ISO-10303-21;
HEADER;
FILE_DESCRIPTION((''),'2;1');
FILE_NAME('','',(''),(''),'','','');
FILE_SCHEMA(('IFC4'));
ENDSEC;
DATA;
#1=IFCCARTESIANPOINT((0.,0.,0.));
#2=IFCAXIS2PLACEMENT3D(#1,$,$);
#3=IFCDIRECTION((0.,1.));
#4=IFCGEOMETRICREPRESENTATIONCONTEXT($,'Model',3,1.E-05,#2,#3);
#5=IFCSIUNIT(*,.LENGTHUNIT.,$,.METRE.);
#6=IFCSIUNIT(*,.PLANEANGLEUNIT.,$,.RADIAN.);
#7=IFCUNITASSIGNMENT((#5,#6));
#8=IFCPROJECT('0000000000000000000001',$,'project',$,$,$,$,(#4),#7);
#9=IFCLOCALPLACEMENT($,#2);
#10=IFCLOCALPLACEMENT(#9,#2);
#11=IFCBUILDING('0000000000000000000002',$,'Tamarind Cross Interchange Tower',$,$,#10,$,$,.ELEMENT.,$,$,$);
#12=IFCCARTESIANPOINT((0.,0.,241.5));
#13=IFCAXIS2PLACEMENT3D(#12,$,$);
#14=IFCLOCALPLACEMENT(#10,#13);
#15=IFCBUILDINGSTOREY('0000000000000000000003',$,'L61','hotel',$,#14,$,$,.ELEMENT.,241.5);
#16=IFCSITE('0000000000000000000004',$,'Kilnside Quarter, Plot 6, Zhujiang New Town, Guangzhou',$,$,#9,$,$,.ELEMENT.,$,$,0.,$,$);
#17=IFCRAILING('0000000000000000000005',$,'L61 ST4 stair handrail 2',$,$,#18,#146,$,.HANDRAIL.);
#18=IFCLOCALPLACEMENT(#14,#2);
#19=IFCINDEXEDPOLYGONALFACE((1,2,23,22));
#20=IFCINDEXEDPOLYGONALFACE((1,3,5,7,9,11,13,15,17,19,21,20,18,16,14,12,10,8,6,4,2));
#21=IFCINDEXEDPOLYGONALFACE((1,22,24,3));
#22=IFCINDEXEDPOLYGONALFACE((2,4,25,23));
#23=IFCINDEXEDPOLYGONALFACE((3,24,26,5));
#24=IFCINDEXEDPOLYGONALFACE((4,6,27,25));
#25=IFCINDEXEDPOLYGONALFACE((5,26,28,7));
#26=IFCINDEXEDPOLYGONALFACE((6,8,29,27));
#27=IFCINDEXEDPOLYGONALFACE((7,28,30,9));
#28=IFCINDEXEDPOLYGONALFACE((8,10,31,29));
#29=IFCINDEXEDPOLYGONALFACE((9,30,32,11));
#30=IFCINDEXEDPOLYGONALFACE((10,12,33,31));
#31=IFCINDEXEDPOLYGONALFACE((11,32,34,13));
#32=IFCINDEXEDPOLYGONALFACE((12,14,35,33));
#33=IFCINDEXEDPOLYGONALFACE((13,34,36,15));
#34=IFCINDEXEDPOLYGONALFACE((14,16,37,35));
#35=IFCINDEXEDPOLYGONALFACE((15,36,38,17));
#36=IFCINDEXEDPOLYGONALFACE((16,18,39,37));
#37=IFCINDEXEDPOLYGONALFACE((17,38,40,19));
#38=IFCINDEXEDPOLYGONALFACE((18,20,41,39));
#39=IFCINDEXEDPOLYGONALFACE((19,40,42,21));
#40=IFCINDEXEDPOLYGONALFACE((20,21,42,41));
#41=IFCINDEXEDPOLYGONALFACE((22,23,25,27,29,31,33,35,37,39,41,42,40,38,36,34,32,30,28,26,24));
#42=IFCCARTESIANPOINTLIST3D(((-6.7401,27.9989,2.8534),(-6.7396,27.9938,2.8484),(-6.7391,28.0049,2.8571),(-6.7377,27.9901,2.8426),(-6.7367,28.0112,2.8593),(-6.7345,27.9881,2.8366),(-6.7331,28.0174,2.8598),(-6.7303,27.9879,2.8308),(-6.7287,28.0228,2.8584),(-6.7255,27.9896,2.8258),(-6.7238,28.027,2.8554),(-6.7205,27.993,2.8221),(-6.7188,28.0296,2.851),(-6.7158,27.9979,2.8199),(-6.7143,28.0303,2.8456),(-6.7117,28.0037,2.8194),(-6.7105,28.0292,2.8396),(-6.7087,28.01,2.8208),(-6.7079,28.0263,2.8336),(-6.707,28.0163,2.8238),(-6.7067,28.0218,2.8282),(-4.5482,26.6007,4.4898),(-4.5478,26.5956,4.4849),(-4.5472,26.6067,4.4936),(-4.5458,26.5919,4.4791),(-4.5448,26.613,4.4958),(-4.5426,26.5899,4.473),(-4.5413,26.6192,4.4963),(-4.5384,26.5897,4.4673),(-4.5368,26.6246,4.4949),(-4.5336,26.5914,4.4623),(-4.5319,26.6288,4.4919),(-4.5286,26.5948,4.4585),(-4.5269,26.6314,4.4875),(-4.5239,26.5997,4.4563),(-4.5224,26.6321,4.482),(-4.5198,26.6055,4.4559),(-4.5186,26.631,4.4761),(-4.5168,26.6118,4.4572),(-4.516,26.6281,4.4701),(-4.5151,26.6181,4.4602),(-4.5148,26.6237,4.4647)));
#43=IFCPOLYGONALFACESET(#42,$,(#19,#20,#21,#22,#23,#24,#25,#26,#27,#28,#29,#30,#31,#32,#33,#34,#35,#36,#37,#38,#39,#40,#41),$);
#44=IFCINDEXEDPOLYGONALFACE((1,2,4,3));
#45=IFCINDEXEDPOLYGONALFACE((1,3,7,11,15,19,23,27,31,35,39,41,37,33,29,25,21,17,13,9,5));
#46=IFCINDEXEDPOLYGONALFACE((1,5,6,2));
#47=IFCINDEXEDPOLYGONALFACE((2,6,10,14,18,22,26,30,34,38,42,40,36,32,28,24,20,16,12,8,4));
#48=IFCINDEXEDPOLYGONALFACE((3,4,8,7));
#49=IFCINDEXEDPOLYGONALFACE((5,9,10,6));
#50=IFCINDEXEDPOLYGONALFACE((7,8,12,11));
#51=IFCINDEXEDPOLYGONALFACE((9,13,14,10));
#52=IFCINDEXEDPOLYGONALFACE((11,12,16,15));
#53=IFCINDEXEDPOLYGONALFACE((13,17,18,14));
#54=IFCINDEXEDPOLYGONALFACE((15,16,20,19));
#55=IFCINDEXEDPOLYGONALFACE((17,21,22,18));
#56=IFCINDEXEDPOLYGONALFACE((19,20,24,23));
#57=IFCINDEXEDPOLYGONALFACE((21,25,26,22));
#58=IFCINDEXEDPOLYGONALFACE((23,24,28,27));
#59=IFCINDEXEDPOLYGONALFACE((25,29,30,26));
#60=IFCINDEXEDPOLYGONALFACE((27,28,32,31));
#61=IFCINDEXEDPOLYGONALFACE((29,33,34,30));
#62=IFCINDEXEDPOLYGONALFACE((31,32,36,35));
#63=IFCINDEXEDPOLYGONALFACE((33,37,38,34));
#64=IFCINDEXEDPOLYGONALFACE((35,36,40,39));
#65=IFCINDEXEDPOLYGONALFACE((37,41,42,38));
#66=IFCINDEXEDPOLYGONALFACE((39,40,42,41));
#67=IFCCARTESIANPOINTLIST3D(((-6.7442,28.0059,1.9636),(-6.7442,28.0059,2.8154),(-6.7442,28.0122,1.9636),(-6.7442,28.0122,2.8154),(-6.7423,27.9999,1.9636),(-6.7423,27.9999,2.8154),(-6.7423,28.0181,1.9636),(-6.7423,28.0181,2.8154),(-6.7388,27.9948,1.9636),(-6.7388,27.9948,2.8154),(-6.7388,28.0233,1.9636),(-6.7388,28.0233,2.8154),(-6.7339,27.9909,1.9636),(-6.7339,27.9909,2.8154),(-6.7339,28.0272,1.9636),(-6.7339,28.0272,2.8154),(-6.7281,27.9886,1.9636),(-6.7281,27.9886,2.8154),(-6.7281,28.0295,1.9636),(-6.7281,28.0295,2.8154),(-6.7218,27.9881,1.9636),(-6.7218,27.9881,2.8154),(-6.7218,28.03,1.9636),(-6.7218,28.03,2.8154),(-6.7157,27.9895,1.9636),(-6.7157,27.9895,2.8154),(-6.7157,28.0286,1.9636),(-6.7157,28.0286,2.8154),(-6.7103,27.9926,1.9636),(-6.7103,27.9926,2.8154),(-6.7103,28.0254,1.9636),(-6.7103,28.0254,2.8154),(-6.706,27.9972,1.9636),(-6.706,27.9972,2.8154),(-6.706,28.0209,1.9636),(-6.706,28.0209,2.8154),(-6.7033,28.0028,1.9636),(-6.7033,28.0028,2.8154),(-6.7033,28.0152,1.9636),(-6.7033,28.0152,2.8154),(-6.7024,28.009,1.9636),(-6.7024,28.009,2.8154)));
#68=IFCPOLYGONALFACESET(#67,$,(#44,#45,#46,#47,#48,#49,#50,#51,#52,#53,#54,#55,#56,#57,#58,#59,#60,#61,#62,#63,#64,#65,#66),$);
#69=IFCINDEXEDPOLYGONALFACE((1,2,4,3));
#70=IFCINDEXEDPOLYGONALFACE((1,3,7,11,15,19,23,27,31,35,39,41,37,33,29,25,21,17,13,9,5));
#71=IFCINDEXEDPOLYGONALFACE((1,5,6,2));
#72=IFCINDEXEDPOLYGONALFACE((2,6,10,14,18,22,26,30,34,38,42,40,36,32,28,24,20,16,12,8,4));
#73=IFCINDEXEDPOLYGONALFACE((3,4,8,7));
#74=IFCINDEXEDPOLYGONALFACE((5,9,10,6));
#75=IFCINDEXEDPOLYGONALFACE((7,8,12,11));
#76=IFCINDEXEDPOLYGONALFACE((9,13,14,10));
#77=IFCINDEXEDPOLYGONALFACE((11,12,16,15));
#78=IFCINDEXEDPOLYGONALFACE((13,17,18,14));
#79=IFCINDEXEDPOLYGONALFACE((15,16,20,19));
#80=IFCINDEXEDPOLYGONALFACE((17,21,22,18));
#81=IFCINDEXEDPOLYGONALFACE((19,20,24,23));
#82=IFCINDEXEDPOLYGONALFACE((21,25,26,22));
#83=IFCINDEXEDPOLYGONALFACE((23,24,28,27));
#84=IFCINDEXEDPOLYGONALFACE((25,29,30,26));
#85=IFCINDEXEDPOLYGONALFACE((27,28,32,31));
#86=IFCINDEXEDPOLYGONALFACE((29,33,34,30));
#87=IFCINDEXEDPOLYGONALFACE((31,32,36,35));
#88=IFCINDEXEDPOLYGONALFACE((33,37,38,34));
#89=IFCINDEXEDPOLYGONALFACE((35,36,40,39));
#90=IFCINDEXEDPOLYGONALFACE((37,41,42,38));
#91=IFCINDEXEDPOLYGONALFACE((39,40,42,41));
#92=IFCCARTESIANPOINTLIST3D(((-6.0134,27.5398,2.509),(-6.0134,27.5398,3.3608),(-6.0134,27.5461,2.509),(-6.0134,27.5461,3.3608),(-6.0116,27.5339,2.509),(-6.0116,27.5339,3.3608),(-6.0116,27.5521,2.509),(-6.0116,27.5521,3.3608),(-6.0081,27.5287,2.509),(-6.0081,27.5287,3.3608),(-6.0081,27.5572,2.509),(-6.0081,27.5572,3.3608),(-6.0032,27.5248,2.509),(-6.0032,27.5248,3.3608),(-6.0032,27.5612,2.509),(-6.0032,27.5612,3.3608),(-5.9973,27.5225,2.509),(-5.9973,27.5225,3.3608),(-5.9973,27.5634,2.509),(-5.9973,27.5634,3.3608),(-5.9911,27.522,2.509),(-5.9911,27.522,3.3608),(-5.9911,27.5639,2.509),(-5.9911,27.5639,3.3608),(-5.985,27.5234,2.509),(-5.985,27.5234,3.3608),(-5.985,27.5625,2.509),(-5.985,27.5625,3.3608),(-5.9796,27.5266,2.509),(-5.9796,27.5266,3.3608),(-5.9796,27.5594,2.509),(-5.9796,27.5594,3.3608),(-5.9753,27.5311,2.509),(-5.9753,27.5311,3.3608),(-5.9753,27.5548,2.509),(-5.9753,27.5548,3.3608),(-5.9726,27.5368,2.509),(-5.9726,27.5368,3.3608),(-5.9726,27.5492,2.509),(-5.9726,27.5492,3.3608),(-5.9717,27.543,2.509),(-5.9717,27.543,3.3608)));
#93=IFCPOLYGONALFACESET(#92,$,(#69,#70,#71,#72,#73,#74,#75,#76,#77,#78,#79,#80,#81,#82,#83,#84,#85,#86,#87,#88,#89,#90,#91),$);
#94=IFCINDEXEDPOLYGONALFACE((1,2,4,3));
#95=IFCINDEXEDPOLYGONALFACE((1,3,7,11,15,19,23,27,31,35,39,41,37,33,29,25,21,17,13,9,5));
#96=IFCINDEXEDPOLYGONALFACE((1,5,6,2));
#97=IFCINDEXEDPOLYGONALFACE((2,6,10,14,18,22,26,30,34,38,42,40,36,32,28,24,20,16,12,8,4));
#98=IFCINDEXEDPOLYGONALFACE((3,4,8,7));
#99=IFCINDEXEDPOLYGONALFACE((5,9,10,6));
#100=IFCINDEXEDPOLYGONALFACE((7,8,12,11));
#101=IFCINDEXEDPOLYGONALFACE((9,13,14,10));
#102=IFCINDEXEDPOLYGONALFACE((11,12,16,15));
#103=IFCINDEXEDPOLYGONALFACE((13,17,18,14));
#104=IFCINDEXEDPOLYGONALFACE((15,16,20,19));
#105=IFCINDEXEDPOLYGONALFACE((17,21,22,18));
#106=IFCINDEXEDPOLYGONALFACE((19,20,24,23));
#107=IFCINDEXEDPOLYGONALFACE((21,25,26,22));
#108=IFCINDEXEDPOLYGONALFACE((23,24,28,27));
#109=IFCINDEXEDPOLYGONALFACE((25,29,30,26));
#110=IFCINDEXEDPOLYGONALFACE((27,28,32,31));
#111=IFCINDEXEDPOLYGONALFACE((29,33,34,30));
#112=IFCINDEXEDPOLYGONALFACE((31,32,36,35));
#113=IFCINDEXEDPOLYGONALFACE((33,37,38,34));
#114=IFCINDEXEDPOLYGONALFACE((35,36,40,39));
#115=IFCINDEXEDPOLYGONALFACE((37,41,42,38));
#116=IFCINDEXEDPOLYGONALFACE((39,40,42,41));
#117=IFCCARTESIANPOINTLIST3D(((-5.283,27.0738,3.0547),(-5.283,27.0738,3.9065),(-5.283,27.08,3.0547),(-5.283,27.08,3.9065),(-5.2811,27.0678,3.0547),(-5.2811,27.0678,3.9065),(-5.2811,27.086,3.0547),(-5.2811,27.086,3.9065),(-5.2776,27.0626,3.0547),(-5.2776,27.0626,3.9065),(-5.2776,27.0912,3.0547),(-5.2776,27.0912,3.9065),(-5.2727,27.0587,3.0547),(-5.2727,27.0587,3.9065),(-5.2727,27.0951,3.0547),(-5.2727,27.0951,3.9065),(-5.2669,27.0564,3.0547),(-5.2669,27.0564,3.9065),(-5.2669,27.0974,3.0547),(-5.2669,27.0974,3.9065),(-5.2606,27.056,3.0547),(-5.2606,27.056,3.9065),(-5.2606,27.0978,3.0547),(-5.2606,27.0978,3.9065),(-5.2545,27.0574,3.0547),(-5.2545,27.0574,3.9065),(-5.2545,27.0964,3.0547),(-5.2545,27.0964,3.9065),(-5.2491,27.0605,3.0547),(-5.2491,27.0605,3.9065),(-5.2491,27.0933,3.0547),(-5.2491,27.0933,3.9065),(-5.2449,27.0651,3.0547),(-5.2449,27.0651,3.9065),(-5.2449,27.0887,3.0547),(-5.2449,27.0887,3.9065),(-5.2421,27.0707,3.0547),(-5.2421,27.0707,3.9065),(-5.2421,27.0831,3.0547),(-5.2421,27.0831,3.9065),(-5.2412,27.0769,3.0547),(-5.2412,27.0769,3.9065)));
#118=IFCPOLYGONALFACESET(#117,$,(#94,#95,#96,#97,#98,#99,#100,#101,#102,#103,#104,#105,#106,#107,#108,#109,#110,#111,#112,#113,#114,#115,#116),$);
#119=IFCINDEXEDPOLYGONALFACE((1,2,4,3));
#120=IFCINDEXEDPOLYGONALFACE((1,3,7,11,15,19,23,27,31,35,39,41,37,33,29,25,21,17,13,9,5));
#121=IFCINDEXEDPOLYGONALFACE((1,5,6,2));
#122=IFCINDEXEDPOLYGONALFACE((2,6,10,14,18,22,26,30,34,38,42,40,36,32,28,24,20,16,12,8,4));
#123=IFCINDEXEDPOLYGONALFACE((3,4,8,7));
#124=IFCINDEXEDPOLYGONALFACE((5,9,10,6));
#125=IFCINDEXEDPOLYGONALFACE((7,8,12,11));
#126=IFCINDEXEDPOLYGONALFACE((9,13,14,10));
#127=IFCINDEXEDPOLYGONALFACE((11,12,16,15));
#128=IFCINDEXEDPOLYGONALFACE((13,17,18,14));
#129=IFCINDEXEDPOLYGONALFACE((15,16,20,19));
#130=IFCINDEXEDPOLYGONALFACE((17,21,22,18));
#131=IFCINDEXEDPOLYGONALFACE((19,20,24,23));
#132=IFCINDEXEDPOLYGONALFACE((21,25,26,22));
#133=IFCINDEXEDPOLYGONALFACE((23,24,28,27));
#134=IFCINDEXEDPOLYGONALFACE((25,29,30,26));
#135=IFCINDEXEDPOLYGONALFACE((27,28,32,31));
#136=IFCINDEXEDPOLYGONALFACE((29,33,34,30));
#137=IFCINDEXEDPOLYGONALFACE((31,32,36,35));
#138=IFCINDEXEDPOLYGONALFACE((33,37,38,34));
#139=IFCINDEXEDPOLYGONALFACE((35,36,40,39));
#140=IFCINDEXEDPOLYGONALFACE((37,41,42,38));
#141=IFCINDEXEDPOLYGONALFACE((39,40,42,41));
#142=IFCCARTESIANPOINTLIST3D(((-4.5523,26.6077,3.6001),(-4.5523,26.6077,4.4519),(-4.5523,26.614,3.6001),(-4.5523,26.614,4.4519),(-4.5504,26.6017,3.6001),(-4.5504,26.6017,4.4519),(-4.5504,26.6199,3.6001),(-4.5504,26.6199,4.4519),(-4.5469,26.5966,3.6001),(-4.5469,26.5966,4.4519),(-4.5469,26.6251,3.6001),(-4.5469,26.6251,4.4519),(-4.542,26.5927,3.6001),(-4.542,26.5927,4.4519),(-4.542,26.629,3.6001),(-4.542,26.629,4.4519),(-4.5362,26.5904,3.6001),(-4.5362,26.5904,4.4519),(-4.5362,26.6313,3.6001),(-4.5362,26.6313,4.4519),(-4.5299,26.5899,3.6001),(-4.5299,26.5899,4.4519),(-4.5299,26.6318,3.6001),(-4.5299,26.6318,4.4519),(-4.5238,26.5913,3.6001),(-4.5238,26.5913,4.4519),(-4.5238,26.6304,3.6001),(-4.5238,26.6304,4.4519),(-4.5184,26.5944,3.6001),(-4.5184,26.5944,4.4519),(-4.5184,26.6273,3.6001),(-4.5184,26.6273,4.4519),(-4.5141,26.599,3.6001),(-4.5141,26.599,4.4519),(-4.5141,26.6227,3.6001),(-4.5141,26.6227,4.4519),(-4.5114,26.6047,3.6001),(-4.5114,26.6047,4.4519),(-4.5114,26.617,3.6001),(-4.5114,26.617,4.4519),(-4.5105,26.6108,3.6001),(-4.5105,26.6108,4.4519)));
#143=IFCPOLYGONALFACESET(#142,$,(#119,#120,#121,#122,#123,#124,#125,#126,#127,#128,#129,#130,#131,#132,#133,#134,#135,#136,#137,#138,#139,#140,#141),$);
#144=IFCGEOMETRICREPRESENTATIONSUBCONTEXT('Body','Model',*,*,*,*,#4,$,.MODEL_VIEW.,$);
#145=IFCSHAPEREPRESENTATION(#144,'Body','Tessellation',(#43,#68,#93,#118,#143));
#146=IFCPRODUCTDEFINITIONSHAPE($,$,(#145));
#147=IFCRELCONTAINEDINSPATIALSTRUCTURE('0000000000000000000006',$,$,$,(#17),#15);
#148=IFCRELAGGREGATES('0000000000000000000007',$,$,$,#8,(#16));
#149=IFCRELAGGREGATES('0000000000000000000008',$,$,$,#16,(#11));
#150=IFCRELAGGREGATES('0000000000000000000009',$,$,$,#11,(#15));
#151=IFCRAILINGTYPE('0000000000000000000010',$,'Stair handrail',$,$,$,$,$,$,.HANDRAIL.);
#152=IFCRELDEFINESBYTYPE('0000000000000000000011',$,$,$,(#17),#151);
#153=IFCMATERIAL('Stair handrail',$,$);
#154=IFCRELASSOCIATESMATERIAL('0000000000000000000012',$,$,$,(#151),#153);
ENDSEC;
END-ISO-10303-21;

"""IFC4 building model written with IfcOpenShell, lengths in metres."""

from ifc_helpers import new_model, si_unit, direction, frame, origin, origin_2d, place, context, subcontext, project, spatial, circle, extrude, material, type_object, element, save


model = new_model("IFC4")

# Units and contexts
model_context = context("Model", 3, precision=1e-05, world=origin(), true_north=direction((0.0, 1.0)))
body_context = subcontext(model_context, "Body", "Model", "MODEL_VIEW")
ifc_project = project(units=[si_unit("LENGTHUNIT", "METRE"), si_unit("PLANEANGLEUNIT", "RADIAN")], contexts=[model_context])

# Site, building, storey
site_placement = place(None, origin())
site = spatial("IfcSite", under=ifc_project, at=site_placement, Name="Kilnside Quarter, Plot 6, Zhujiang New Town, Guangzhou", CompositionType="ELEMENT", RefElevation=0.0)
building_placement = place(site_placement, origin())
building = spatial("IfcBuilding", under=site, at=building_placement, Name="Tamarind Cross Interchange Tower", CompositionType="ELEMENT")
storey_placement = place(building_placement, frame((0.0, 0.0, 241.5)))
storey = spatial("IfcBuildingStorey", under=building, at=storey_placement, Name="L61", Description="hotel", CompositionType="ELEMENT", Elevation=241.5)

# Railing
ifc_material_1 = material(Name="Stair handrail")
railing_type = type_object("IfcRailingType", Name="Stair handrail", PredefinedType="HANDRAIL", material=ifc_material_1)
railing_placement = place(storey_placement, frame((-6.7234, 28.009, 1.9636)))
element("IfcRailing", 1, at=railing_placement, inside=storey, type_object=railing_type, Name="L61 ST4 stair handrail 2", PredefinedType="HANDRAIL", context=body_context, shape_type="SweptSolid", body=[
    extrude(circle(Radius=0.0239, at=origin_2d()), frame((0.0, 0.0, 0.876), z_axis=(0.713499, -0.455136, 0.532701), x_axis=(0.537793, 0.843077, 0.0)), (0.0, 0.0, 1.0), 3.072),
    extrude(circle(Radius=0.021, at=origin_2d()), origin(), (0.0, 0.0, 1.0), 0.8518),
    extrude(circle(Radius=0.021, at=origin_2d()), frame((0.7307, -0.4661, 0.5454)), (0.0, 0.0, 1.0), 0.8518),
    extrude(circle(Radius=0.021, at=origin_2d()), frame((1.4612, -0.9321, 1.0911)), (0.0, 0.0, 1.0), 0.8518),
    extrude(circle(Radius=0.021, at=origin_2d()), frame((2.1919, -1.3982, 1.6365)), (0.0, 0.0, 1.0), 0.8518),
])

save(model, "model.ifc")
